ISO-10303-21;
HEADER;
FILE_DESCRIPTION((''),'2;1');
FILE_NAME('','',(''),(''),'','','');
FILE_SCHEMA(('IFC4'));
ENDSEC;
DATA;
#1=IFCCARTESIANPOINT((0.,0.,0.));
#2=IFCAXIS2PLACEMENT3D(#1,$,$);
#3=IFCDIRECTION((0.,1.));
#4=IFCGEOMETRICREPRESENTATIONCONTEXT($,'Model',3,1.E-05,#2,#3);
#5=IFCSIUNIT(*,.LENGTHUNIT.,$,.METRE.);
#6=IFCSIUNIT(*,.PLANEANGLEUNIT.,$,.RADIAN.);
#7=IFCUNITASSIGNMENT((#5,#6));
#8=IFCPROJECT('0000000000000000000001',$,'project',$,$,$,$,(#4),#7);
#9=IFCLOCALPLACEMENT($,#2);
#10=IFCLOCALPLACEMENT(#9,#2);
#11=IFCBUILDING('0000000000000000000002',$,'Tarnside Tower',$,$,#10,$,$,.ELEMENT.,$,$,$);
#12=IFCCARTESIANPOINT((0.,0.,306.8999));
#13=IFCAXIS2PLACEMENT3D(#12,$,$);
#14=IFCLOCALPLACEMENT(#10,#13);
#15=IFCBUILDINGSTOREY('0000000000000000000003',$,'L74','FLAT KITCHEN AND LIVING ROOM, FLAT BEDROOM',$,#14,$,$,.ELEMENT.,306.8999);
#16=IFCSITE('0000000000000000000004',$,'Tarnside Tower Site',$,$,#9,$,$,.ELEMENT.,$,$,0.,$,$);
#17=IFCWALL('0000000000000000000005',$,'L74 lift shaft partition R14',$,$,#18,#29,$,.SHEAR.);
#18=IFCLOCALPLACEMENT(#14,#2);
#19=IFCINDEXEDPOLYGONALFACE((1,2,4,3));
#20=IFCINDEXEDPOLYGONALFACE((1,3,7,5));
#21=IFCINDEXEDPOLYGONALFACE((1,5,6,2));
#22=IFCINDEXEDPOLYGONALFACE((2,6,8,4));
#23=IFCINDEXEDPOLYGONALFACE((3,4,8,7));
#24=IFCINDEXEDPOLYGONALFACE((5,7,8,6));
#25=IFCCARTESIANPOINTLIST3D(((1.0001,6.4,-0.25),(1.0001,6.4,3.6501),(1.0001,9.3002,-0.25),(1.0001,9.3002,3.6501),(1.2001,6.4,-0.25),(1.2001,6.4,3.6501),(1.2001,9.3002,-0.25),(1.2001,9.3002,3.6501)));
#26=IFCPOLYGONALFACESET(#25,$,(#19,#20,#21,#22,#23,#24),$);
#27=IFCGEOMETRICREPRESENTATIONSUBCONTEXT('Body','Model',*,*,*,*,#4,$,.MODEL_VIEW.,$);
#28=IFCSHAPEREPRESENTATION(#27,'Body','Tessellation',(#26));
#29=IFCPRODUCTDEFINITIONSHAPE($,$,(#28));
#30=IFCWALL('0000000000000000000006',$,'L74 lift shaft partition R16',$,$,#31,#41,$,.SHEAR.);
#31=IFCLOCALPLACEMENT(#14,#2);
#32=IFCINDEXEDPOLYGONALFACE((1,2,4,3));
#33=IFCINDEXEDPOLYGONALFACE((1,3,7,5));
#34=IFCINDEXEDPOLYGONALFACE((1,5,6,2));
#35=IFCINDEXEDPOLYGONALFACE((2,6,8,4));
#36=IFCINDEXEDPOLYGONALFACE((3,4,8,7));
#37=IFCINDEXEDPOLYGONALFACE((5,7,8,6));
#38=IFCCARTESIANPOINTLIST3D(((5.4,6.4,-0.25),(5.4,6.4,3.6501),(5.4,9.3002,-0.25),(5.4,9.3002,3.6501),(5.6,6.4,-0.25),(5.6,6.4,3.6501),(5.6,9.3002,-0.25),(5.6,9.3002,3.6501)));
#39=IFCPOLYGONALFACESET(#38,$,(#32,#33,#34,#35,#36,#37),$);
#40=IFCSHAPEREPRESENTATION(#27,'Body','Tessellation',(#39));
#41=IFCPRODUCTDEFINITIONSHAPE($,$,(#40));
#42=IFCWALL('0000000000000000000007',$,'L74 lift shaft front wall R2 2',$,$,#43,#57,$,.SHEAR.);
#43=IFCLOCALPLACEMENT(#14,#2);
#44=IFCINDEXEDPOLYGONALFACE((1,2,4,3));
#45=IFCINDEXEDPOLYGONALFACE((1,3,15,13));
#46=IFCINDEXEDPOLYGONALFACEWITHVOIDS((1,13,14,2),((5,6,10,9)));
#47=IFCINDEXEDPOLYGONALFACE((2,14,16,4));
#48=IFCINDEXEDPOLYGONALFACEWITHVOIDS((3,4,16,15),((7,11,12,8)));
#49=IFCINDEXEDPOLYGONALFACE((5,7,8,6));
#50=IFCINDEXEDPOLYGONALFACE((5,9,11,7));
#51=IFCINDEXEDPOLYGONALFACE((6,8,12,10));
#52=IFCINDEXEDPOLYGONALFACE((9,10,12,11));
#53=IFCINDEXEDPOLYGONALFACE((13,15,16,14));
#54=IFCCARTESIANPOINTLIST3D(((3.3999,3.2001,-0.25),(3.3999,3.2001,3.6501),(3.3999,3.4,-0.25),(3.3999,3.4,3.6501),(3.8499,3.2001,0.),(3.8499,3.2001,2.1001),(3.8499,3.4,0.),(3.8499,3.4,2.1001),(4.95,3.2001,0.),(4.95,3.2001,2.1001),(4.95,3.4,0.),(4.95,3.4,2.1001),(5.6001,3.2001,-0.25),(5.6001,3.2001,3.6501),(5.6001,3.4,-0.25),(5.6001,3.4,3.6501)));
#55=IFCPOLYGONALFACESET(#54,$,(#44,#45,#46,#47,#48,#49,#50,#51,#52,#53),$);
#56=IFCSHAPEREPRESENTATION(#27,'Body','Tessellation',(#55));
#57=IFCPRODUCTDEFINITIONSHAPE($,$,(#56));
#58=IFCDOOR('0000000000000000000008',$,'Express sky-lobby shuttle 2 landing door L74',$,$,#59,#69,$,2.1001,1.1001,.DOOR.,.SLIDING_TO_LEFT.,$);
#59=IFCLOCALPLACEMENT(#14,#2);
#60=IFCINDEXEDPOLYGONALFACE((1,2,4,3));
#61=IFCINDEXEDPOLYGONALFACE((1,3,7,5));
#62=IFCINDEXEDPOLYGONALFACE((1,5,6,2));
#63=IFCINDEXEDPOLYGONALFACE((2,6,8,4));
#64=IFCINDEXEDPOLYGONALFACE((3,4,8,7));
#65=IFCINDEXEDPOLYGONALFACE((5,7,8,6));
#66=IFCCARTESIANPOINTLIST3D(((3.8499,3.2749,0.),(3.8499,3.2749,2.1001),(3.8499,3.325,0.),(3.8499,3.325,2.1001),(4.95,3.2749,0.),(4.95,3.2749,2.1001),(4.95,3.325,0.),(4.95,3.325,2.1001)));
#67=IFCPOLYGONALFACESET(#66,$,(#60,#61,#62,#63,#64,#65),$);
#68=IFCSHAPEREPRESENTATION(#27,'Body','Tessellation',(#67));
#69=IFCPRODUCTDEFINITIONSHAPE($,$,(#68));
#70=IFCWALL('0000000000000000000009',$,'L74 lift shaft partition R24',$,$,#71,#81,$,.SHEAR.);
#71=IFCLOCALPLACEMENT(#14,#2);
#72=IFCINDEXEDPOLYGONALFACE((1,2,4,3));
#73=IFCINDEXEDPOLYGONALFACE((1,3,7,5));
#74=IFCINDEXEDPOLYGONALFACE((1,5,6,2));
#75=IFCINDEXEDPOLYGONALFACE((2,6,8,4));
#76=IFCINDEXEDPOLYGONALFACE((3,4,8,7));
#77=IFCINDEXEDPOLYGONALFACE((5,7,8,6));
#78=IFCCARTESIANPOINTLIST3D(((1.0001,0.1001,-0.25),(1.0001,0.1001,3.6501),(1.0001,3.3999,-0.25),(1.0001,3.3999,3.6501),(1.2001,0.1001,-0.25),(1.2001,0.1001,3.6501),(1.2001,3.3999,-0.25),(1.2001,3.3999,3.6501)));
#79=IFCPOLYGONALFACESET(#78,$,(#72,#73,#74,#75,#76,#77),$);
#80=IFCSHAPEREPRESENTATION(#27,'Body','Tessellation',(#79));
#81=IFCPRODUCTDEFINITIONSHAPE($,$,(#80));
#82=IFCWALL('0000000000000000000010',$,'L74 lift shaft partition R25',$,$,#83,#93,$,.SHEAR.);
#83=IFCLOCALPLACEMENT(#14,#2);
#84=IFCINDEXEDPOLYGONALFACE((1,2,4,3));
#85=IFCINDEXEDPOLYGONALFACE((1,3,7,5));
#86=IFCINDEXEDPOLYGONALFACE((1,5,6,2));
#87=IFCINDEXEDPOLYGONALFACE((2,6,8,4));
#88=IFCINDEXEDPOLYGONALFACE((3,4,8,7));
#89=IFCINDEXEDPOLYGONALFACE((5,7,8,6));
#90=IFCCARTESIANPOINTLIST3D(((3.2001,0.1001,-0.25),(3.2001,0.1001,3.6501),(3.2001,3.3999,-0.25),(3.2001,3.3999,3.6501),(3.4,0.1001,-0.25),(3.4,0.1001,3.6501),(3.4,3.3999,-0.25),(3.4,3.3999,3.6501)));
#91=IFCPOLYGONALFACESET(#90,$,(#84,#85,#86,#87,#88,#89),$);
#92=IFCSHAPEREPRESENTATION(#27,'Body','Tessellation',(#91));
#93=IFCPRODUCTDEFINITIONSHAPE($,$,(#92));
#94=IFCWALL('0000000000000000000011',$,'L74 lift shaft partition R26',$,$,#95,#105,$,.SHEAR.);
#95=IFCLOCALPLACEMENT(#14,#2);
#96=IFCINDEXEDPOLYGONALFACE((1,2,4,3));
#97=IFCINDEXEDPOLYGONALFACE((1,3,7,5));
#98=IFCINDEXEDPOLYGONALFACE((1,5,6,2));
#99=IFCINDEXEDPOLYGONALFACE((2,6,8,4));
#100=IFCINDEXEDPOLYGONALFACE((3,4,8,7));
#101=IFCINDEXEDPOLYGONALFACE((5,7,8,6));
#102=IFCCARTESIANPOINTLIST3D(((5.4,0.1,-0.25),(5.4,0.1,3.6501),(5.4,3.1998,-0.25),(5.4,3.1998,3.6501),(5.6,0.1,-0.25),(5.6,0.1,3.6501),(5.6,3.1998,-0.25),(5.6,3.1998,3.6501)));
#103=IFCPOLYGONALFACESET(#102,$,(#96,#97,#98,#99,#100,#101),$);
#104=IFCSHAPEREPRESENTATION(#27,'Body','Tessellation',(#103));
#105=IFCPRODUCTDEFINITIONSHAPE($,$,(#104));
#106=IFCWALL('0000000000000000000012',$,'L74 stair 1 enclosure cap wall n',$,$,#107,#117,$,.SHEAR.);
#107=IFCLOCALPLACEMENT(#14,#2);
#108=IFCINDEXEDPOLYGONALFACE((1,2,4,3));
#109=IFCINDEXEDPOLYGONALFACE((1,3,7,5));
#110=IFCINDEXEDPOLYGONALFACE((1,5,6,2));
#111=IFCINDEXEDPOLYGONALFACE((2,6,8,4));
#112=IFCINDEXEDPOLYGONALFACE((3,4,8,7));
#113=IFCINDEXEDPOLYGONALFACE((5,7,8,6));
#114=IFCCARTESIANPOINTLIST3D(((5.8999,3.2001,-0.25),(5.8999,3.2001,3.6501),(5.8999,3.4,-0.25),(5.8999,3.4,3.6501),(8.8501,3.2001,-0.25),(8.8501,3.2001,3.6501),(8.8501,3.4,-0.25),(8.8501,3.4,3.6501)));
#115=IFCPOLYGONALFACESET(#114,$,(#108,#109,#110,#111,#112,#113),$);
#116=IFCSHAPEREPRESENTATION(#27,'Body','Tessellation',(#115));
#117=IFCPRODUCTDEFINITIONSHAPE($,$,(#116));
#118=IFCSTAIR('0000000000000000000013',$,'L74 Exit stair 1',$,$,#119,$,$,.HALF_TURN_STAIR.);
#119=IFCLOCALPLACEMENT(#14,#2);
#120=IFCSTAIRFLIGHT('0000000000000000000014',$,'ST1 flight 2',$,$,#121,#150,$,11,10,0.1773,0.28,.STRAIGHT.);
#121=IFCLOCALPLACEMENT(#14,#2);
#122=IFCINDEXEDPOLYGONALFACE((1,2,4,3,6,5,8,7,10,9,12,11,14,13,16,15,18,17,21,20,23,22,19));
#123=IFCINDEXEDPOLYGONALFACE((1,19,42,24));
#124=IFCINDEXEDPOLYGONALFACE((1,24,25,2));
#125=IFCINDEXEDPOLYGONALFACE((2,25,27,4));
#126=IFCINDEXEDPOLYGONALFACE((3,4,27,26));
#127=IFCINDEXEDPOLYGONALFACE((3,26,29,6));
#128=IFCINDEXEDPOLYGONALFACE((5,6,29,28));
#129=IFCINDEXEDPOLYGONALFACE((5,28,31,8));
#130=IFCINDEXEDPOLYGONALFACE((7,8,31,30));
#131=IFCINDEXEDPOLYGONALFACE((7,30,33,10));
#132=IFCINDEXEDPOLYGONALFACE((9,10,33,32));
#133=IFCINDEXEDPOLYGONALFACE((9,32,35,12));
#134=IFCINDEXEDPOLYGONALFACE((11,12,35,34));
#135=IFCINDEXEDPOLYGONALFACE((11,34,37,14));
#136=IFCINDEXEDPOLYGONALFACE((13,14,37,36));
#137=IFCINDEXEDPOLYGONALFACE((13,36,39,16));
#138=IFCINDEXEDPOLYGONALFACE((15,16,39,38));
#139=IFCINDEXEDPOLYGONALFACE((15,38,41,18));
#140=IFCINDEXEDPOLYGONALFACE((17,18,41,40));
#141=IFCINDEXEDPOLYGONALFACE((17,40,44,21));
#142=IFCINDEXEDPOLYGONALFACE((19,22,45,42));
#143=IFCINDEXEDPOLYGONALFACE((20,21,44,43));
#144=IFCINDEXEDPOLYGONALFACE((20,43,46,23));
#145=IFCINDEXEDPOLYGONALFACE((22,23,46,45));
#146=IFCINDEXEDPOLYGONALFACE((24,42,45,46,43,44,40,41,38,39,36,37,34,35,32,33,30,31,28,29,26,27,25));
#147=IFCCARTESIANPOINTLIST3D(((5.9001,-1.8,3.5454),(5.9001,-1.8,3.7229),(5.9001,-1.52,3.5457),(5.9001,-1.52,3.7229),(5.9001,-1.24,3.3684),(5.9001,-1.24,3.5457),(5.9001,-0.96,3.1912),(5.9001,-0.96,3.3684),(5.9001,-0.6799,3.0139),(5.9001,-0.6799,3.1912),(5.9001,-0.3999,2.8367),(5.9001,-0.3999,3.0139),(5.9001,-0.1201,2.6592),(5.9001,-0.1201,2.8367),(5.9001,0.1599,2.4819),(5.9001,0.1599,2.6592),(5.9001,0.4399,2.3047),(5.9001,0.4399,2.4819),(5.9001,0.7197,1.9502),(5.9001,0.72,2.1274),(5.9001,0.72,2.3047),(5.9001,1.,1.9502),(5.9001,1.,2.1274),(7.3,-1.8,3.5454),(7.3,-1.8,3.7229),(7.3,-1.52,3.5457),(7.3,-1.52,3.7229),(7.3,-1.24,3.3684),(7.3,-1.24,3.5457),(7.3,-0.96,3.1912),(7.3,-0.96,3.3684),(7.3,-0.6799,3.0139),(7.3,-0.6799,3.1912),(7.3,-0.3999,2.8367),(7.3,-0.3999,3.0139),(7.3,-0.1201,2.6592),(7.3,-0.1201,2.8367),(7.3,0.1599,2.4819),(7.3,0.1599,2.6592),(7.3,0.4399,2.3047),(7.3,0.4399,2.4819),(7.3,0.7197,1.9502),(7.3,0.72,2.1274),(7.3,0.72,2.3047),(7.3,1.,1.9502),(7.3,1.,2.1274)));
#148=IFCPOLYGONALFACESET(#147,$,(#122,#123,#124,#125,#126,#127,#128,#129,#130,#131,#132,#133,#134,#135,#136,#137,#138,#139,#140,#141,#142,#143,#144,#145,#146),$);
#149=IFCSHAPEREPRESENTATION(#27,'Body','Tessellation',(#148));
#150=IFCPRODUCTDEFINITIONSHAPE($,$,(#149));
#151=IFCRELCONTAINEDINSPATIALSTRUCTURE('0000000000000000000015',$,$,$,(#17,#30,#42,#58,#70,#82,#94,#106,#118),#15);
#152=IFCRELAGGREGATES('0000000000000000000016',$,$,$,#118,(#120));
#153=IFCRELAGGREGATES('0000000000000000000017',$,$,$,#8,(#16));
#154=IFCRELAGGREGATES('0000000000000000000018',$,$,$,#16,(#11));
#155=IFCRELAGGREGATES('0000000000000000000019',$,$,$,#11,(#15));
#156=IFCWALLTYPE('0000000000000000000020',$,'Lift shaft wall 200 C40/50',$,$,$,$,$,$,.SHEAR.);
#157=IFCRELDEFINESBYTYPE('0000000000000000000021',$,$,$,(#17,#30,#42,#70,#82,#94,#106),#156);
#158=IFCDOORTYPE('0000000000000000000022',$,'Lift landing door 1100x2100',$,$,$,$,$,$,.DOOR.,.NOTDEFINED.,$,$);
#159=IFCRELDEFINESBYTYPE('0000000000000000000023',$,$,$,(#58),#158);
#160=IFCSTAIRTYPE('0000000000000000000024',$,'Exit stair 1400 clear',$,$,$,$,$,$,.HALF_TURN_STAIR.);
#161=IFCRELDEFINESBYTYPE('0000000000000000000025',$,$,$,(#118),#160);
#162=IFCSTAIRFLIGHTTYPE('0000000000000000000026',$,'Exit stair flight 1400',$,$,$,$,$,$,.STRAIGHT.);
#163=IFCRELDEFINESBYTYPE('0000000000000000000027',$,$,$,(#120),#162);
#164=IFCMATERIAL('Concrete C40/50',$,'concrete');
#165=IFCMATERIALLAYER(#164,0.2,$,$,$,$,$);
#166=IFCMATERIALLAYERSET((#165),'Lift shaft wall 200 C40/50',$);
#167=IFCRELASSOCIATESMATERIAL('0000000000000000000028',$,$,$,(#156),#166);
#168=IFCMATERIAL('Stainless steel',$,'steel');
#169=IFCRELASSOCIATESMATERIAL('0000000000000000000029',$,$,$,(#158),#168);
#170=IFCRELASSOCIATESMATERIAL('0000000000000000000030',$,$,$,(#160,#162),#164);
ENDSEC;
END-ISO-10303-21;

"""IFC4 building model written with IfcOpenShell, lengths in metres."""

from ifc_helpers import new_model, si_unit, direction, frame, frame_2d, origin, place, context, subcontext, project, spatial, polyline, rectangle, outline, extrude, material, layer, layer_set, type_object, element, fill, aggregate, save


model = new_model("IFC4")

# Units and contexts
model_context = context("Model", 3, precision=1e-05, world=origin(), true_north=direction((0.0, 1.0)))
body_context = subcontext(model_context, "Body", "Model", "MODEL_VIEW")
ifc_project = project(units=[si_unit("LENGTHUNIT", "METRE"), si_unit("PLANEANGLEUNIT", "RADIAN")], contexts=[model_context])

# Site, building, storey
site_placement = place(None, origin())
site = spatial("IfcSite", under=ifc_project, at=site_placement, Name="Tarnside Tower Site", CompositionType="ELEMENT", RefElevation=0.0)
building_placement = place(site_placement, origin())
building = spatial("IfcBuilding", under=site, at=building_placement, Name="Tarnside Tower", CompositionType="ELEMENT")
storey_placement = place(building_placement, frame((0.0, 0.0, 306.8999)))
storey = spatial("IfcBuildingStorey", under=building, at=storey_placement, Name="L74", Description="FLAT KITCHEN AND LIVING ROOM, FLAT BEDROOM", CompositionType="ELEMENT", Elevation=306.8999)

# Shared definitions
ifc_material_1 = material(Name="Concrete C40/50", Category="concrete")

# Walls
ifc_layer_1 = layer(ifc_material_1, 0.2)
ifc_layer_set_1 = layer_set([ifc_layer_1], Name="Lift shaft wall 200 C40/50")
wall_type_1 = type_object("IfcWallType", Name="Lift shaft wall 200 C40/50", PredefinedType="SHEAR", material=ifc_layer_set_1)
for number, where, z_axis, x_axis, name in (
    (1, (1.1001, 6.3999, -0.25), (0.0, 0.0, 1.0), (0.0, 1.0, 0.0), "L74 lift shaft partition R14"),
    (2, (5.5, 6.3999, -0.25), (0.0, 0.0, 1.0), (0.0, 1.0, 0.0), "L74 lift shaft partition R16"),
):
    element("IfcWall", number, at=place(storey_placement, frame(where, z_axis=z_axis, x_axis=x_axis)), inside=storey, type_object=wall_type_1, Name=name, PredefinedType="SHEAR", context=body_context, shape_type="SweptSolid", body=[
        extrude(rectangle(XDim=2.9001, YDim=0.2, at=frame_2d((1.4502, 0.0))), origin(), (0.0, 0.0, 1.0), 3.9001),
    ])

# Wall, opening, door
wall_1_placement = place(storey_placement, frame((3.3999, 3.3, -0.25), z_axis=(0.0, 0.0, 1.0), x_axis=(1.0, 0.0, 0.0)))
wall_1 = element("IfcWall", 3, at=wall_1_placement, inside=storey, type_object=wall_type_1, Name="L74 lift shaft front wall R2 2", PredefinedType="SHEAR", context=body_context, shape_type="SweptSolid", body=[
    extrude(rectangle(XDim=2.2002, YDim=0.2, at=frame_2d((1.1001, 0.0))), origin(), (0.0, 0.0, 1.0), 3.9001),
])
opening_1_placement = place(wall_1_placement, frame((0.45, 0.0, 0.25)))
opening_1 = element("IfcOpeningElement", 4, at=opening_1_placement, cuts=wall_1, PredefinedType="OPENING", context=body_context, shape_type="SweptSolid", body=[
    extrude(rectangle(XDim=1.1001, YDim=2.1001, at=frame_2d((0.55, 1.05))), frame((0.0, 0.1099, 0.0), z_axis=(0.0, -1.0, 0.0), x_axis=(1.0, 0.0, 0.0)), (0.0, 0.0, 1.0), 0.22),
])
ifc_material_2 = material(Name="Stainless steel", Category="steel")
door_type_1 = type_object("IfcDoorType", Name="Lift landing door 1100x2100", OperationType="NOTDEFINED", PredefinedType="DOOR", material=ifc_material_2)
door_1_placement = place(opening_1_placement, origin())
door_1 = element("IfcDoor", 5, at=door_1_placement, inside=storey, type_object=door_type_1, Name="Express sky-lobby shuttle 2 landing door L74", OperationType="SLIDING_TO_LEFT", OverallHeight=2.1001, OverallWidth=1.1001, PredefinedType="DOOR", context=body_context, shape_type="SweptSolid", body=[
    extrude(rectangle(XDim=1.1001, YDim=2.1001, at=frame_2d((0.55, 1.05))), frame((0.0, 0.0249, 0.0), z_axis=(0.0, -1.0, 0.0), x_axis=(1.0, 0.0, 0.0)), (0.0, 0.0, 1.0), 0.05),
])
fill(opening_1, door_1)

# Walls
for number, where, z_axis, x_axis, name in (
    (6, (1.1001, 0.1001, -0.25), (0.0, 0.0, 1.0), (0.0, 1.0, 0.0), "L74 lift shaft partition R24"),
    (7, (3.3, 0.1001, -0.25), (0.0, 0.0, 1.0), (0.0, 1.0, 0.0), "L74 lift shaft partition R25"),
):
    element("IfcWall", number, at=place(storey_placement, frame(where, z_axis=z_axis, x_axis=x_axis)), inside=storey, type_object=wall_type_1, Name=name, PredefinedType="SHEAR", context=body_context, shape_type="SweptSolid", body=[
        extrude(rectangle(XDim=3.2998, YDim=0.2, at=frame_2d((1.6499, 0.0))), origin(), (0.0, 0.0, 1.0), 3.9001),
    ])
wall_2_placement = place(storey_placement, frame((5.5, 0.1001, -0.25), z_axis=(0.0, 0.0, 1.0), x_axis=(0.0, 1.0, 0.0)))
element("IfcWall", 8, at=wall_2_placement, inside=storey, type_object=wall_type_1, Name="L74 lift shaft partition R26", PredefinedType="SHEAR", context=body_context, shape_type="SweptSolid", body=[
    extrude(rectangle(XDim=3.0999, YDim=0.2, at=frame_2d((1.5498, 0.0))), origin(), (0.0, 0.0, 1.0), 3.9001),
])
wall_3_placement = place(storey_placement, frame((5.8999, 3.3, -0.25), z_axis=(0.0, 0.0, 1.0), x_axis=(1.0, 0.0, 0.0)))
element("IfcWall", 9, at=wall_3_placement, inside=storey, type_object=wall_type_1, Name="L74 stair 1 enclosure cap wall n", PredefinedType="SHEAR", context=body_context, shape_type="SweptSolid", body=[
    extrude(rectangle(XDim=2.9502, YDim=0.2, at=frame_2d((1.4751, 0.0))), origin(), (0.0, 0.0, 1.0), 3.9001),
])

# Stair, stair flight
stair_type = type_object("IfcStairType", Name="Exit stair 1400 clear", PredefinedType="HALF_TURN_STAIR", material=ifc_material_1)
stair_placement = place(storey_placement, origin())
stair = element("IfcStair", 10, at=stair_placement, inside=storey, type_object=stair_type, Name="L74 Exit stair 1", PredefinedType="HALF_TURN_STAIR")
stair_flight_type = type_object("IfcStairFlightType", Name="Exit stair flight 1400", PredefinedType="STRAIGHT", material=ifc_material_1)
stair_flight_placement = place(storey_placement, frame((6.6001, 1.0, 1.9502), z_axis=(0.0, 0.0, 1.0), x_axis=(0.0, -1.0, 0.0)))
stair_flight = element("IfcStairFlight", 11, at=stair_flight_placement, type_object=stair_flight_type, Name="ST1 flight 2", NumberOfRisers=11, NumberOfTreads=10, PredefinedType="STRAIGHT", RiserHeight=0.1773, TreadLength=0.28, context=body_context, shape_type="SweptSolid", body=[
    extrude(outline(polyline([(0.0, 0.0), (0.0, 0.1772), (0.28, 0.1772), (0.28, 0.3545), (0.5601, 0.3545), (0.5601, 0.5317), (0.8401, 0.5317), (0.8401, 0.709), (1.1201, 0.709), (1.1201, 0.8865), (1.3999, 0.8865), (1.3999, 1.0637), (1.6799, 1.0637), (1.6799, 1.241), (1.96, 1.241), (1.96, 1.4182), (2.24, 1.4182), (2.24, 1.5955), (2.52, 1.5955), (2.52, 1.7727), (2.8, 1.7727), (2.8, 1.95), (2.8, 1.5952), (0.2803, 0.0), (0.0, 0.0)])), frame((0.0, 0.7, 0.0), z_axis=(0.0, -1.0, 0.0), x_axis=(1.0, 0.0, 0.0)), (0.0, 0.0, 1.0), 1.3999),
])
aggregate(stair, [stair_flight])

save(model, "model.ifc")
